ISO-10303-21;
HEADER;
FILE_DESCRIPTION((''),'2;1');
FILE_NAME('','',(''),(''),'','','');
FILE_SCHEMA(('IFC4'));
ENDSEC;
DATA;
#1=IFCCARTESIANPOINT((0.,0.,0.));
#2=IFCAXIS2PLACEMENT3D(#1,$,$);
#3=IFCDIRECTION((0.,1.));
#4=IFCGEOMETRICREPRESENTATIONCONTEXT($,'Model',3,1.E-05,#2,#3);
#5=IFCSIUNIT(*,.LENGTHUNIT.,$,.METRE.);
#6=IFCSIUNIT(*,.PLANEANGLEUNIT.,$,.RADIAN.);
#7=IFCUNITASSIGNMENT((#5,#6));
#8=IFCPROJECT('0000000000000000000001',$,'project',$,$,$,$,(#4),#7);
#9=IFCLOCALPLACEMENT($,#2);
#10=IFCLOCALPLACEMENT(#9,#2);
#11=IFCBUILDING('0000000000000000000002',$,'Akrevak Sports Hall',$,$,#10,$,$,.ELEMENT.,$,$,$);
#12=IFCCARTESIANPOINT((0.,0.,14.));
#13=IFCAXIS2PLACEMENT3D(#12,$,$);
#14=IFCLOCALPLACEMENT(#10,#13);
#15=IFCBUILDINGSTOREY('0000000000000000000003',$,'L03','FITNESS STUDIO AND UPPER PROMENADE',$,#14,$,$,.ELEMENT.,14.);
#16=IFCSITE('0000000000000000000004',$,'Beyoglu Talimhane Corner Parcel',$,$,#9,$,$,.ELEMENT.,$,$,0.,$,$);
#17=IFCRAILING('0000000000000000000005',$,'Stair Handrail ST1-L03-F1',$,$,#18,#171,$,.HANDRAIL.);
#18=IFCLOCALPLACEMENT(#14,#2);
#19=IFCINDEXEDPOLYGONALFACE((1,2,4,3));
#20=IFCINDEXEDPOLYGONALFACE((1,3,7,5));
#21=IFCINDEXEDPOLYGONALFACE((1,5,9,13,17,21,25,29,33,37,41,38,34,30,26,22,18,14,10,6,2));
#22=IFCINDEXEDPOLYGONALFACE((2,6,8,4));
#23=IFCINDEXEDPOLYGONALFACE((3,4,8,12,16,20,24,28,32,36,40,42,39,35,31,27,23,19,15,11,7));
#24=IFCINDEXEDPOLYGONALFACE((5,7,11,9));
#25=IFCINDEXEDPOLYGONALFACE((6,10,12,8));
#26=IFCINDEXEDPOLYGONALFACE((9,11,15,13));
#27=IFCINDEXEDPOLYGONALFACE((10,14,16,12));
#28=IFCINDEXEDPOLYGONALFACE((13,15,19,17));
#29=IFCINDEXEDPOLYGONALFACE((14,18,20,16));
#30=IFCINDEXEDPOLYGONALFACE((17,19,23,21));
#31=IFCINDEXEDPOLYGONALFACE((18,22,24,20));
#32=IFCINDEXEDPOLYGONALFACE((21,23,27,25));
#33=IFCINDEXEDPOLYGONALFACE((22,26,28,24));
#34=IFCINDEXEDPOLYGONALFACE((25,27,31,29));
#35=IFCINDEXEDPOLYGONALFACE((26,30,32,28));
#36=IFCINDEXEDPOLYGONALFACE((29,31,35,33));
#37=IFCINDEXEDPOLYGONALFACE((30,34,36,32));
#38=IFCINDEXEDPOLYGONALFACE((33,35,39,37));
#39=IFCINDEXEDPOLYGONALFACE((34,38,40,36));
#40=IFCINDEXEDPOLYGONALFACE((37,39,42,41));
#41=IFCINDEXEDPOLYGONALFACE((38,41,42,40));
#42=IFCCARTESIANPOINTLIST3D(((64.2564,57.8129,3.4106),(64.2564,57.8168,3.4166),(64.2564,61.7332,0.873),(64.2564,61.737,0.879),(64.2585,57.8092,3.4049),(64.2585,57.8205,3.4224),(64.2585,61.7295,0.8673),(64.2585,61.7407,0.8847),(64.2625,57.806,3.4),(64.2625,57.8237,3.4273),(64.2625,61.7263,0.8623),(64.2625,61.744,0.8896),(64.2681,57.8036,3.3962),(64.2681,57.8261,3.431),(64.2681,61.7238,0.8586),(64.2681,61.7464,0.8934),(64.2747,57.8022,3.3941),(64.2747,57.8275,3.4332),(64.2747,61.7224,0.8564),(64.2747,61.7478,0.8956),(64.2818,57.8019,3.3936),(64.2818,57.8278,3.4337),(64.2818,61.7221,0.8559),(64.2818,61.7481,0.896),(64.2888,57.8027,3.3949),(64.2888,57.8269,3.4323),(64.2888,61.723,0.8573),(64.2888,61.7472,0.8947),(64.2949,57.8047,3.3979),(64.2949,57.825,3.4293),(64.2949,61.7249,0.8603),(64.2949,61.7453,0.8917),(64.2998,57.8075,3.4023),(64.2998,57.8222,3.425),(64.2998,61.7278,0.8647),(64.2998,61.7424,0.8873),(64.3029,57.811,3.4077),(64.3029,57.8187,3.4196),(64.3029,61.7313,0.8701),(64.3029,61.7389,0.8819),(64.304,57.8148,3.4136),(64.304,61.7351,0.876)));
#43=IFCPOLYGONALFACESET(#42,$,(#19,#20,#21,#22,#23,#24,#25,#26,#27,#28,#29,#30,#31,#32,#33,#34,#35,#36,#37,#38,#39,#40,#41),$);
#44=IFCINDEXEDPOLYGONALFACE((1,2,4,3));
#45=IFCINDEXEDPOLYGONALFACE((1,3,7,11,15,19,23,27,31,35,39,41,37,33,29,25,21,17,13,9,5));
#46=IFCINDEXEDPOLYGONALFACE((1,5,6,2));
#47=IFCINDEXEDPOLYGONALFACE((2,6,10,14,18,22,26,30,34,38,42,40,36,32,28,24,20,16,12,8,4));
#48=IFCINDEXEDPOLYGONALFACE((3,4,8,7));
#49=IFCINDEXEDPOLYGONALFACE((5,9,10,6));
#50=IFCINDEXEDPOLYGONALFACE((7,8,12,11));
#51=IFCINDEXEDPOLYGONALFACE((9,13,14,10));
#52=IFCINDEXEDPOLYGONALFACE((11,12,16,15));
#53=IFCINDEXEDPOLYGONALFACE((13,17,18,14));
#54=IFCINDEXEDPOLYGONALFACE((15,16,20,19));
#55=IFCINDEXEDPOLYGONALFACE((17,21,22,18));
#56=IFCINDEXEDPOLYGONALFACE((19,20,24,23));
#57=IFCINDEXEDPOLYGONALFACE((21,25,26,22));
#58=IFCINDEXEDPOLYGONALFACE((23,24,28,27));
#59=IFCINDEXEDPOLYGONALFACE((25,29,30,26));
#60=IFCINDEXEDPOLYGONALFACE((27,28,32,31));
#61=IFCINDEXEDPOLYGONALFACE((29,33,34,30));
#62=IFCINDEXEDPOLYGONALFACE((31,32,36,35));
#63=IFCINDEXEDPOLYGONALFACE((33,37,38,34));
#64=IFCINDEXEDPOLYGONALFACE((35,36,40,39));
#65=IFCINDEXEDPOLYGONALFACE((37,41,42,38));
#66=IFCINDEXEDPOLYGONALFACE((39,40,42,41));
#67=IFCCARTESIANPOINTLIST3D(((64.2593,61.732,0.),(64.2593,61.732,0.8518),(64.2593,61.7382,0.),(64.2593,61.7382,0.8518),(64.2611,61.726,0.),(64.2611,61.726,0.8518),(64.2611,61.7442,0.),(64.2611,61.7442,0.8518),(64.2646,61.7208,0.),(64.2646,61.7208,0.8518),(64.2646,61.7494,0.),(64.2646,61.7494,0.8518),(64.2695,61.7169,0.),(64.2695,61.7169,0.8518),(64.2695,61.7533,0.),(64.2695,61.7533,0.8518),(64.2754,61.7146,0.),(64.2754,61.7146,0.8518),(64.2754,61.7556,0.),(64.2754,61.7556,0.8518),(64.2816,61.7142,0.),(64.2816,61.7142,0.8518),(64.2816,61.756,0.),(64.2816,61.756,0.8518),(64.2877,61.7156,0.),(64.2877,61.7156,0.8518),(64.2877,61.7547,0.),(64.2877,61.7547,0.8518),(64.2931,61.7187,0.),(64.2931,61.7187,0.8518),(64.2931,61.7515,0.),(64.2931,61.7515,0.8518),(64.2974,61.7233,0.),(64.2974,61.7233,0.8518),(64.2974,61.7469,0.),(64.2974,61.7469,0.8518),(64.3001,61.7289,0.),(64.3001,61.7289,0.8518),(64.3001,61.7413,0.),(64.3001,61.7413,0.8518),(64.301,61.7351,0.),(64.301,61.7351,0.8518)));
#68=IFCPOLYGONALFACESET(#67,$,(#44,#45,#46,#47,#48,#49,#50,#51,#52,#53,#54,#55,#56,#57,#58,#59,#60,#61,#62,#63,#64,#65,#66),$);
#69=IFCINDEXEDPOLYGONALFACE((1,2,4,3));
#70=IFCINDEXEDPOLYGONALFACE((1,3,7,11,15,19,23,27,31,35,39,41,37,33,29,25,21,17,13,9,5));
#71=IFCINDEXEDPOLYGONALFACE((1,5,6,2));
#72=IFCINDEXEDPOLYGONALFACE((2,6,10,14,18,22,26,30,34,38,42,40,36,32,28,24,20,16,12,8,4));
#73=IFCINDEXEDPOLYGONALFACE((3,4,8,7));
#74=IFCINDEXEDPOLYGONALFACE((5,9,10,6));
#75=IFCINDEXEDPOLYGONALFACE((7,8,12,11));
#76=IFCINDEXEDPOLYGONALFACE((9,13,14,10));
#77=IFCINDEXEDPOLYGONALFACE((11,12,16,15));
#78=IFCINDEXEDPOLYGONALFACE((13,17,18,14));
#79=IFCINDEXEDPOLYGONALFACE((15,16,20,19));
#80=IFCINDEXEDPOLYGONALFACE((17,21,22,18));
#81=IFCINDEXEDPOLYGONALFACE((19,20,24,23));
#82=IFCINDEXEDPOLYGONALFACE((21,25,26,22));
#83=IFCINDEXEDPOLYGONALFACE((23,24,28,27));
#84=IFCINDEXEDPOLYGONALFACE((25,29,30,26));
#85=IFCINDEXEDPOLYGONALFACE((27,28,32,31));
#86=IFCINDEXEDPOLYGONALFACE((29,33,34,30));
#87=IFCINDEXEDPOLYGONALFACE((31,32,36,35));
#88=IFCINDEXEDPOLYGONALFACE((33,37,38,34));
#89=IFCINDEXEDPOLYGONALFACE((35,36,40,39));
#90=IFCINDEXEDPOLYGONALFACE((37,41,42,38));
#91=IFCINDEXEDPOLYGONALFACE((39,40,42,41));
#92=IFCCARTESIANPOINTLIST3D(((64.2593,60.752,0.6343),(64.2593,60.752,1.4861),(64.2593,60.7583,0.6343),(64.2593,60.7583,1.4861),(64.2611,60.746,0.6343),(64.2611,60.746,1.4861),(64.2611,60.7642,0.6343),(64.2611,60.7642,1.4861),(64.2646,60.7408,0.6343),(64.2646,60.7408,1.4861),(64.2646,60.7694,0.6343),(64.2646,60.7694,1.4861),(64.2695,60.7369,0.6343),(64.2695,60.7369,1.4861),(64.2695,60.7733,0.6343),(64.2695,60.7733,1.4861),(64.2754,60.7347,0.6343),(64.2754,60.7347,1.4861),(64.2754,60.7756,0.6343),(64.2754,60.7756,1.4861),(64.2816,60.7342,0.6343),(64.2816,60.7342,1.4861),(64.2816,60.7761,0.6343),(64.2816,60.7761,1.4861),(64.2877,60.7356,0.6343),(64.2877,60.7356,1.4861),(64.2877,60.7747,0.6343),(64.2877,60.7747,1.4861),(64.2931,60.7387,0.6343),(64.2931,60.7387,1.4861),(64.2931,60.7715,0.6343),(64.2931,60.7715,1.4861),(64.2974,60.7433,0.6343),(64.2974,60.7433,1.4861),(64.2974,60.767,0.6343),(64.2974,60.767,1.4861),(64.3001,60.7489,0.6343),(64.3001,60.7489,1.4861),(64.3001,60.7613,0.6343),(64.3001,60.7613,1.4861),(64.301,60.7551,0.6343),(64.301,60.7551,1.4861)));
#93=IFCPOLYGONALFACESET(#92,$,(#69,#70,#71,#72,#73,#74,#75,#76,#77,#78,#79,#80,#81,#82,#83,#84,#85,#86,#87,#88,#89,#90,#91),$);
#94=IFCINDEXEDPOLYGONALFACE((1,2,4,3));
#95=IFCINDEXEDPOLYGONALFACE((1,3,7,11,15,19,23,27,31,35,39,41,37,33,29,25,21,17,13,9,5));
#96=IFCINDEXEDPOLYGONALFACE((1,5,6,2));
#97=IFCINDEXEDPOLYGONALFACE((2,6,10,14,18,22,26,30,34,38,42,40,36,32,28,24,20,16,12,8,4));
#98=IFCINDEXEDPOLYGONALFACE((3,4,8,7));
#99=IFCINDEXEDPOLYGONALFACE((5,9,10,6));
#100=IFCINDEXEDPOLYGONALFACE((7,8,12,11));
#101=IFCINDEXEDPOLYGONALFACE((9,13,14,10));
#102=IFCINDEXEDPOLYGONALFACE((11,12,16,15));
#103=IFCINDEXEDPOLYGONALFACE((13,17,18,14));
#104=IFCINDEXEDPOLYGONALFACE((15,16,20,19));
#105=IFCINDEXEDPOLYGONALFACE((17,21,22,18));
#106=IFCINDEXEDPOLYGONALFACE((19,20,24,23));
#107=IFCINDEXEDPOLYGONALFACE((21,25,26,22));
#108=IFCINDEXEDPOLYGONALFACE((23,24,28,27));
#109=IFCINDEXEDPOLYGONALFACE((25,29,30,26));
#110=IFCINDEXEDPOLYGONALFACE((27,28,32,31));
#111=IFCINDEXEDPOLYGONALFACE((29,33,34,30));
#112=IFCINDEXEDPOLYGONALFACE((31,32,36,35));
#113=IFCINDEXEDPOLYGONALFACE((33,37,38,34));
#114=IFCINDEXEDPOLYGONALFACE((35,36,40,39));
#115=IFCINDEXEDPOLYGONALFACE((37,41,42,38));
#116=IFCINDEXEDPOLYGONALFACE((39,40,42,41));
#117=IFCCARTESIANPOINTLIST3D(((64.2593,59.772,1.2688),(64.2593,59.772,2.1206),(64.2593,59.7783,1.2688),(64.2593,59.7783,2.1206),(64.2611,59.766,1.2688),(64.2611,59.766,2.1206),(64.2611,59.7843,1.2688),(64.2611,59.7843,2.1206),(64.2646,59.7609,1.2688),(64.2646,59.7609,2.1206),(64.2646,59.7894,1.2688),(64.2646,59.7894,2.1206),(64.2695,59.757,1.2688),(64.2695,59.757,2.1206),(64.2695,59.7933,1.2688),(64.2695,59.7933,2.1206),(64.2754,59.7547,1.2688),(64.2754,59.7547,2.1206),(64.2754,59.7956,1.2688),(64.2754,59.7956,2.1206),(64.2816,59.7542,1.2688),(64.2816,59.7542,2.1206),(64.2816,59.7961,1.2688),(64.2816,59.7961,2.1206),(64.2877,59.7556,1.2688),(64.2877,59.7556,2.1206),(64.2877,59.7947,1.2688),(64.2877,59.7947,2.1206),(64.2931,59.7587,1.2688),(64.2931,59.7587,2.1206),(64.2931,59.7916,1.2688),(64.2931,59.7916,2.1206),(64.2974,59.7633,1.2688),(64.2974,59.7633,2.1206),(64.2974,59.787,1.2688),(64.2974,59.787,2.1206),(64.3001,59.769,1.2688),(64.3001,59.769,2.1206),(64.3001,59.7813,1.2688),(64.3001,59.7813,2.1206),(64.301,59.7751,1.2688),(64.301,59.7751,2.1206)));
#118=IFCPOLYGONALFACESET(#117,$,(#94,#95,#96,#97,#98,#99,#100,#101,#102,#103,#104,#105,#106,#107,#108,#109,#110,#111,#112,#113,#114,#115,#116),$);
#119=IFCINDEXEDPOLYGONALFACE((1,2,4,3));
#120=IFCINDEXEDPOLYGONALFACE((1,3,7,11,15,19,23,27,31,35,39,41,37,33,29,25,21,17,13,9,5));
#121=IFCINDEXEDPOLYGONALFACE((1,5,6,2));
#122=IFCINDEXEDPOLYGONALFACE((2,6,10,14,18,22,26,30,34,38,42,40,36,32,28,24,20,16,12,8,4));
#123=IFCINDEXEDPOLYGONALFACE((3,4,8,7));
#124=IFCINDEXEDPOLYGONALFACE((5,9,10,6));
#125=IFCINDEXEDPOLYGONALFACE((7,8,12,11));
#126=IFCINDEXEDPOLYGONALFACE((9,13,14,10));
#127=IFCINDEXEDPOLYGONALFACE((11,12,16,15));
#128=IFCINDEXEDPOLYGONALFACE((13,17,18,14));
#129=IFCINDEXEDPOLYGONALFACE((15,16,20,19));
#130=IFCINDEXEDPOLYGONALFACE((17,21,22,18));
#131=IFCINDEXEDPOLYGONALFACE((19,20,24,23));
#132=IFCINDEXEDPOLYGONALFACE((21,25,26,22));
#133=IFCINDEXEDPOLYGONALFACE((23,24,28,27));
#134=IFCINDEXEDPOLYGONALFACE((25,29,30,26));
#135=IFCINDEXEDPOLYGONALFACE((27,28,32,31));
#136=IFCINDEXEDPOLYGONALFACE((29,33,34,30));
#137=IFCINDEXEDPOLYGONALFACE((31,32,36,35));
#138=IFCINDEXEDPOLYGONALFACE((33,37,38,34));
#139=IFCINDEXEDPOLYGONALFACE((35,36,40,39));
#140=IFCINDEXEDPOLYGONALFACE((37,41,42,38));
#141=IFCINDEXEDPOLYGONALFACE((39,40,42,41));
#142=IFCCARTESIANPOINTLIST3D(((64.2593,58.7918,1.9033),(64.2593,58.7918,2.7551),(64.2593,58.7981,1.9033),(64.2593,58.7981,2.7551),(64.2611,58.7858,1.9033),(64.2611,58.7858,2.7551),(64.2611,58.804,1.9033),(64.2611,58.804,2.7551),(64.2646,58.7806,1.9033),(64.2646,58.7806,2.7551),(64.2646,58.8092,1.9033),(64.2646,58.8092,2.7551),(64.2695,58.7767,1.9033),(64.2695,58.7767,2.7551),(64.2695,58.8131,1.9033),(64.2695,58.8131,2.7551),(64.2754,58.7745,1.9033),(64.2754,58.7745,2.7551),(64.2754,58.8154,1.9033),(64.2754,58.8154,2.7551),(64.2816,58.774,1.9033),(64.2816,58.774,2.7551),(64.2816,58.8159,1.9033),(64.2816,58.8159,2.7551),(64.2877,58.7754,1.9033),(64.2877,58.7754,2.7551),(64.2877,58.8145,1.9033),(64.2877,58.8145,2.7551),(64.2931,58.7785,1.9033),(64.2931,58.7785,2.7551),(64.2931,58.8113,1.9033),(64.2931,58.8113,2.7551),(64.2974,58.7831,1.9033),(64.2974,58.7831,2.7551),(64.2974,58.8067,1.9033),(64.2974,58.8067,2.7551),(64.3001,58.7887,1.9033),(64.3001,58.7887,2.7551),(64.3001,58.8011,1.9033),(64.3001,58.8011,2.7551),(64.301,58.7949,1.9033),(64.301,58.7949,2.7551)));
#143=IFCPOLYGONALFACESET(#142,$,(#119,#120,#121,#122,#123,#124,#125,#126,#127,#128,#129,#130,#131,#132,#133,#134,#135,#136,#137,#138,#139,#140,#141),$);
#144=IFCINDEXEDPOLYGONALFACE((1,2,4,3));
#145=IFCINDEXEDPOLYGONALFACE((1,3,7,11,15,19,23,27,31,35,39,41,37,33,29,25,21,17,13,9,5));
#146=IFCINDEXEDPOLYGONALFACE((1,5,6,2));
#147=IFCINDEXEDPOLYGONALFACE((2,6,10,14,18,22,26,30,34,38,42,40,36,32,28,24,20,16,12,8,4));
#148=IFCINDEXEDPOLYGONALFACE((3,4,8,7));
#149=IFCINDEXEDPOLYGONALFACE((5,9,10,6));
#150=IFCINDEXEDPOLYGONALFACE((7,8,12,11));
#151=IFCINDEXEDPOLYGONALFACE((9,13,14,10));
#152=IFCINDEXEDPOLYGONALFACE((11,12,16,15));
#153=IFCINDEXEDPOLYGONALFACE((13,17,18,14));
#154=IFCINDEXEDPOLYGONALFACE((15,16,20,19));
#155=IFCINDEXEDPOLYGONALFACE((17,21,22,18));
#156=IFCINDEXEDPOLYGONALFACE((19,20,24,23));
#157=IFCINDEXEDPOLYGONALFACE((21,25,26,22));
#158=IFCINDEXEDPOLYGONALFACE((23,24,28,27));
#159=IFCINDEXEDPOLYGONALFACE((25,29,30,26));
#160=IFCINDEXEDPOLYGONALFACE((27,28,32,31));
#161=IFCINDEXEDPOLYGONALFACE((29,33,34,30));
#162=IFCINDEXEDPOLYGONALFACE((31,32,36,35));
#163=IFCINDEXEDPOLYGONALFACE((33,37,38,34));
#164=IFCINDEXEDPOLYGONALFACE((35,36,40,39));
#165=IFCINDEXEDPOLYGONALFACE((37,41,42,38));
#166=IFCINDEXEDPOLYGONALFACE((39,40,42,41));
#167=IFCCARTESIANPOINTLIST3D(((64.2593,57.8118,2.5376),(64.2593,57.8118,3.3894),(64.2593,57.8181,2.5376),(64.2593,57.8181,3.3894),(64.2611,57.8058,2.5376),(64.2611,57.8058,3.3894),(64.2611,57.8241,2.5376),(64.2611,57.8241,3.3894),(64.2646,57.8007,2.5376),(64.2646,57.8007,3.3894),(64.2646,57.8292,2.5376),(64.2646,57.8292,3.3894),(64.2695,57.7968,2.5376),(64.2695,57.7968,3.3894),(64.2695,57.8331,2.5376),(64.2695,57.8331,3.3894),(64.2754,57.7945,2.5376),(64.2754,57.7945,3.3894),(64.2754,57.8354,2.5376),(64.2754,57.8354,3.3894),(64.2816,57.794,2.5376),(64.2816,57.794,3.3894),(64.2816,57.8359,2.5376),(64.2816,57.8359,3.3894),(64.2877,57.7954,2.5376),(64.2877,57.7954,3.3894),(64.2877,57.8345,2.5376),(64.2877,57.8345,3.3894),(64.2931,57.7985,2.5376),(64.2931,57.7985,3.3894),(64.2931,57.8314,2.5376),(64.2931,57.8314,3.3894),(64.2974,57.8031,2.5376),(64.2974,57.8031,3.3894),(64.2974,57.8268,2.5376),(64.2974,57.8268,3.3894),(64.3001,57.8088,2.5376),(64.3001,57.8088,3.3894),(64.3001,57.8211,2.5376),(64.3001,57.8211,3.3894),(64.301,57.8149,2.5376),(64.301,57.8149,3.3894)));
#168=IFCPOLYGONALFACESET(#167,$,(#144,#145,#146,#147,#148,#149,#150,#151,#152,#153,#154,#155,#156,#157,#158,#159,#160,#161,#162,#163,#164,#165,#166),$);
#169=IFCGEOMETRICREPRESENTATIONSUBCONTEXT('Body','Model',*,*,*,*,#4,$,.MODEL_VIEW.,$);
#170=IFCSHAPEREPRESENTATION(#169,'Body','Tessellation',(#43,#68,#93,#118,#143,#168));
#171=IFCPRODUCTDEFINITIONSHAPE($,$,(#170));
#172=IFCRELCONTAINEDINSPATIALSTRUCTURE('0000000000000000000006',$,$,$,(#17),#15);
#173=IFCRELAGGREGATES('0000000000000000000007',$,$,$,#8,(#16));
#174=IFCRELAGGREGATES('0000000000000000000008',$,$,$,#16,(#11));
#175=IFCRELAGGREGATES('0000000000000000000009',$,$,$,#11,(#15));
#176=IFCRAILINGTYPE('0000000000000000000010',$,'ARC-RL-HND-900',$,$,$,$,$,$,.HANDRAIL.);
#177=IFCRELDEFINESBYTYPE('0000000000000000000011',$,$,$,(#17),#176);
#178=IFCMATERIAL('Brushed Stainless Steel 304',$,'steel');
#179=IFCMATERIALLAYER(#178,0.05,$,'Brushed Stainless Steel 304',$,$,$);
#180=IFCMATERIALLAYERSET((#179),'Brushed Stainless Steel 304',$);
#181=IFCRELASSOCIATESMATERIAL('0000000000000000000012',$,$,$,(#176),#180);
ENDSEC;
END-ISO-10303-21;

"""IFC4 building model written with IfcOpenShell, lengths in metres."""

from ifc_helpers import new_model, si_unit, direction, frame, origin, origin_2d, place, context, subcontext, project, spatial, circle, extrude, material, layer, layer_set, type_object, element, save


model = new_model("IFC4")

# Units and contexts
model_context = context("Model", 3, precision=1e-05, world=origin(), true_north=direction((0.0, 1.0)))
body_context = subcontext(model_context, "Body", "Model", "MODEL_VIEW")
ifc_project = project(units=[si_unit("LENGTHUNIT", "METRE"), si_unit("PLANEANGLEUNIT", "RADIAN")], contexts=[model_context])

# Site, building, storey
site_placement = place(None, origin())
site = spatial("IfcSite", under=ifc_project, at=site_placement, Name="Beyoglu Talimhane Corner Parcel", CompositionType="ELEMENT", RefElevation=0.0)
building_placement = place(site_placement, origin())
building = spatial("IfcBuilding", under=site, at=building_placement, Name="Akrevak Sports Hall", CompositionType="ELEMENT")
storey_placement = place(building_placement, frame((0.0, 0.0, 14.0)))
storey = spatial("IfcBuildingStorey", under=building, at=storey_placement, Name="L03", Description="FITNESS STUDIO AND UPPER PROMENADE", CompositionType="ELEMENT", Elevation=14.0)

# Railing
ifc_material_1 = material(Name="Brushed Stainless Steel 304", Category="steel")
ifc_layer_1 = layer(ifc_material_1, 0.05, Name="Brushed Stainless Steel 304")
ifc_layer_set_1 = layer_set([ifc_layer_1], Name="Brushed Stainless Steel 304")
railing_type_1 = type_object("IfcRailingType", Name="ARC-RL-HND-900", PredefinedType="HANDRAIL", material=ifc_layer_set_1)
railing_1_placement = place(storey_placement, frame((64.28, 61.7351, 0.0)))
element("IfcRailing", 1, at=railing_1_placement, inside=storey, type_object=railing_type_1, Name="Stair Handrail ST1-L03-F1", PredefinedType="HANDRAIL", context=body_context, shape_type="SweptSolid", body=[
    extrude(circle(Radius=0.0239, at=origin_2d()), frame((0.0, 0.0, 0.876), z_axis=(0.0, -0.839471, 0.543405), x_axis=(1.0, 0.0, 0.0)), (0.0, 0.0, 1.0), 4.6699),
    extrude(circle(Radius=0.021, at=origin_2d()), origin(), (0.0, 0.0, 1.0), 0.8518),
    extrude(circle(Radius=0.021, at=origin_2d()), frame((0.0, -0.98, 0.6343)), (0.0, 0.0, 1.0), 0.8518),
    extrude(circle(Radius=0.021, at=origin_2d()), frame((0.0, -1.96, 1.2688)), (0.0, 0.0, 1.0), 0.8518),
    extrude(circle(Radius=0.021, at=origin_2d()), frame((0.0, -2.9402, 1.9033)), (0.0, 0.0, 1.0), 0.8518),
    extrude(circle(Radius=0.021, at=origin_2d()), frame((0.0, -3.9202, 2.5376)), (0.0, 0.0, 1.0), 0.8518),
])

save(model, "model.ifc")
